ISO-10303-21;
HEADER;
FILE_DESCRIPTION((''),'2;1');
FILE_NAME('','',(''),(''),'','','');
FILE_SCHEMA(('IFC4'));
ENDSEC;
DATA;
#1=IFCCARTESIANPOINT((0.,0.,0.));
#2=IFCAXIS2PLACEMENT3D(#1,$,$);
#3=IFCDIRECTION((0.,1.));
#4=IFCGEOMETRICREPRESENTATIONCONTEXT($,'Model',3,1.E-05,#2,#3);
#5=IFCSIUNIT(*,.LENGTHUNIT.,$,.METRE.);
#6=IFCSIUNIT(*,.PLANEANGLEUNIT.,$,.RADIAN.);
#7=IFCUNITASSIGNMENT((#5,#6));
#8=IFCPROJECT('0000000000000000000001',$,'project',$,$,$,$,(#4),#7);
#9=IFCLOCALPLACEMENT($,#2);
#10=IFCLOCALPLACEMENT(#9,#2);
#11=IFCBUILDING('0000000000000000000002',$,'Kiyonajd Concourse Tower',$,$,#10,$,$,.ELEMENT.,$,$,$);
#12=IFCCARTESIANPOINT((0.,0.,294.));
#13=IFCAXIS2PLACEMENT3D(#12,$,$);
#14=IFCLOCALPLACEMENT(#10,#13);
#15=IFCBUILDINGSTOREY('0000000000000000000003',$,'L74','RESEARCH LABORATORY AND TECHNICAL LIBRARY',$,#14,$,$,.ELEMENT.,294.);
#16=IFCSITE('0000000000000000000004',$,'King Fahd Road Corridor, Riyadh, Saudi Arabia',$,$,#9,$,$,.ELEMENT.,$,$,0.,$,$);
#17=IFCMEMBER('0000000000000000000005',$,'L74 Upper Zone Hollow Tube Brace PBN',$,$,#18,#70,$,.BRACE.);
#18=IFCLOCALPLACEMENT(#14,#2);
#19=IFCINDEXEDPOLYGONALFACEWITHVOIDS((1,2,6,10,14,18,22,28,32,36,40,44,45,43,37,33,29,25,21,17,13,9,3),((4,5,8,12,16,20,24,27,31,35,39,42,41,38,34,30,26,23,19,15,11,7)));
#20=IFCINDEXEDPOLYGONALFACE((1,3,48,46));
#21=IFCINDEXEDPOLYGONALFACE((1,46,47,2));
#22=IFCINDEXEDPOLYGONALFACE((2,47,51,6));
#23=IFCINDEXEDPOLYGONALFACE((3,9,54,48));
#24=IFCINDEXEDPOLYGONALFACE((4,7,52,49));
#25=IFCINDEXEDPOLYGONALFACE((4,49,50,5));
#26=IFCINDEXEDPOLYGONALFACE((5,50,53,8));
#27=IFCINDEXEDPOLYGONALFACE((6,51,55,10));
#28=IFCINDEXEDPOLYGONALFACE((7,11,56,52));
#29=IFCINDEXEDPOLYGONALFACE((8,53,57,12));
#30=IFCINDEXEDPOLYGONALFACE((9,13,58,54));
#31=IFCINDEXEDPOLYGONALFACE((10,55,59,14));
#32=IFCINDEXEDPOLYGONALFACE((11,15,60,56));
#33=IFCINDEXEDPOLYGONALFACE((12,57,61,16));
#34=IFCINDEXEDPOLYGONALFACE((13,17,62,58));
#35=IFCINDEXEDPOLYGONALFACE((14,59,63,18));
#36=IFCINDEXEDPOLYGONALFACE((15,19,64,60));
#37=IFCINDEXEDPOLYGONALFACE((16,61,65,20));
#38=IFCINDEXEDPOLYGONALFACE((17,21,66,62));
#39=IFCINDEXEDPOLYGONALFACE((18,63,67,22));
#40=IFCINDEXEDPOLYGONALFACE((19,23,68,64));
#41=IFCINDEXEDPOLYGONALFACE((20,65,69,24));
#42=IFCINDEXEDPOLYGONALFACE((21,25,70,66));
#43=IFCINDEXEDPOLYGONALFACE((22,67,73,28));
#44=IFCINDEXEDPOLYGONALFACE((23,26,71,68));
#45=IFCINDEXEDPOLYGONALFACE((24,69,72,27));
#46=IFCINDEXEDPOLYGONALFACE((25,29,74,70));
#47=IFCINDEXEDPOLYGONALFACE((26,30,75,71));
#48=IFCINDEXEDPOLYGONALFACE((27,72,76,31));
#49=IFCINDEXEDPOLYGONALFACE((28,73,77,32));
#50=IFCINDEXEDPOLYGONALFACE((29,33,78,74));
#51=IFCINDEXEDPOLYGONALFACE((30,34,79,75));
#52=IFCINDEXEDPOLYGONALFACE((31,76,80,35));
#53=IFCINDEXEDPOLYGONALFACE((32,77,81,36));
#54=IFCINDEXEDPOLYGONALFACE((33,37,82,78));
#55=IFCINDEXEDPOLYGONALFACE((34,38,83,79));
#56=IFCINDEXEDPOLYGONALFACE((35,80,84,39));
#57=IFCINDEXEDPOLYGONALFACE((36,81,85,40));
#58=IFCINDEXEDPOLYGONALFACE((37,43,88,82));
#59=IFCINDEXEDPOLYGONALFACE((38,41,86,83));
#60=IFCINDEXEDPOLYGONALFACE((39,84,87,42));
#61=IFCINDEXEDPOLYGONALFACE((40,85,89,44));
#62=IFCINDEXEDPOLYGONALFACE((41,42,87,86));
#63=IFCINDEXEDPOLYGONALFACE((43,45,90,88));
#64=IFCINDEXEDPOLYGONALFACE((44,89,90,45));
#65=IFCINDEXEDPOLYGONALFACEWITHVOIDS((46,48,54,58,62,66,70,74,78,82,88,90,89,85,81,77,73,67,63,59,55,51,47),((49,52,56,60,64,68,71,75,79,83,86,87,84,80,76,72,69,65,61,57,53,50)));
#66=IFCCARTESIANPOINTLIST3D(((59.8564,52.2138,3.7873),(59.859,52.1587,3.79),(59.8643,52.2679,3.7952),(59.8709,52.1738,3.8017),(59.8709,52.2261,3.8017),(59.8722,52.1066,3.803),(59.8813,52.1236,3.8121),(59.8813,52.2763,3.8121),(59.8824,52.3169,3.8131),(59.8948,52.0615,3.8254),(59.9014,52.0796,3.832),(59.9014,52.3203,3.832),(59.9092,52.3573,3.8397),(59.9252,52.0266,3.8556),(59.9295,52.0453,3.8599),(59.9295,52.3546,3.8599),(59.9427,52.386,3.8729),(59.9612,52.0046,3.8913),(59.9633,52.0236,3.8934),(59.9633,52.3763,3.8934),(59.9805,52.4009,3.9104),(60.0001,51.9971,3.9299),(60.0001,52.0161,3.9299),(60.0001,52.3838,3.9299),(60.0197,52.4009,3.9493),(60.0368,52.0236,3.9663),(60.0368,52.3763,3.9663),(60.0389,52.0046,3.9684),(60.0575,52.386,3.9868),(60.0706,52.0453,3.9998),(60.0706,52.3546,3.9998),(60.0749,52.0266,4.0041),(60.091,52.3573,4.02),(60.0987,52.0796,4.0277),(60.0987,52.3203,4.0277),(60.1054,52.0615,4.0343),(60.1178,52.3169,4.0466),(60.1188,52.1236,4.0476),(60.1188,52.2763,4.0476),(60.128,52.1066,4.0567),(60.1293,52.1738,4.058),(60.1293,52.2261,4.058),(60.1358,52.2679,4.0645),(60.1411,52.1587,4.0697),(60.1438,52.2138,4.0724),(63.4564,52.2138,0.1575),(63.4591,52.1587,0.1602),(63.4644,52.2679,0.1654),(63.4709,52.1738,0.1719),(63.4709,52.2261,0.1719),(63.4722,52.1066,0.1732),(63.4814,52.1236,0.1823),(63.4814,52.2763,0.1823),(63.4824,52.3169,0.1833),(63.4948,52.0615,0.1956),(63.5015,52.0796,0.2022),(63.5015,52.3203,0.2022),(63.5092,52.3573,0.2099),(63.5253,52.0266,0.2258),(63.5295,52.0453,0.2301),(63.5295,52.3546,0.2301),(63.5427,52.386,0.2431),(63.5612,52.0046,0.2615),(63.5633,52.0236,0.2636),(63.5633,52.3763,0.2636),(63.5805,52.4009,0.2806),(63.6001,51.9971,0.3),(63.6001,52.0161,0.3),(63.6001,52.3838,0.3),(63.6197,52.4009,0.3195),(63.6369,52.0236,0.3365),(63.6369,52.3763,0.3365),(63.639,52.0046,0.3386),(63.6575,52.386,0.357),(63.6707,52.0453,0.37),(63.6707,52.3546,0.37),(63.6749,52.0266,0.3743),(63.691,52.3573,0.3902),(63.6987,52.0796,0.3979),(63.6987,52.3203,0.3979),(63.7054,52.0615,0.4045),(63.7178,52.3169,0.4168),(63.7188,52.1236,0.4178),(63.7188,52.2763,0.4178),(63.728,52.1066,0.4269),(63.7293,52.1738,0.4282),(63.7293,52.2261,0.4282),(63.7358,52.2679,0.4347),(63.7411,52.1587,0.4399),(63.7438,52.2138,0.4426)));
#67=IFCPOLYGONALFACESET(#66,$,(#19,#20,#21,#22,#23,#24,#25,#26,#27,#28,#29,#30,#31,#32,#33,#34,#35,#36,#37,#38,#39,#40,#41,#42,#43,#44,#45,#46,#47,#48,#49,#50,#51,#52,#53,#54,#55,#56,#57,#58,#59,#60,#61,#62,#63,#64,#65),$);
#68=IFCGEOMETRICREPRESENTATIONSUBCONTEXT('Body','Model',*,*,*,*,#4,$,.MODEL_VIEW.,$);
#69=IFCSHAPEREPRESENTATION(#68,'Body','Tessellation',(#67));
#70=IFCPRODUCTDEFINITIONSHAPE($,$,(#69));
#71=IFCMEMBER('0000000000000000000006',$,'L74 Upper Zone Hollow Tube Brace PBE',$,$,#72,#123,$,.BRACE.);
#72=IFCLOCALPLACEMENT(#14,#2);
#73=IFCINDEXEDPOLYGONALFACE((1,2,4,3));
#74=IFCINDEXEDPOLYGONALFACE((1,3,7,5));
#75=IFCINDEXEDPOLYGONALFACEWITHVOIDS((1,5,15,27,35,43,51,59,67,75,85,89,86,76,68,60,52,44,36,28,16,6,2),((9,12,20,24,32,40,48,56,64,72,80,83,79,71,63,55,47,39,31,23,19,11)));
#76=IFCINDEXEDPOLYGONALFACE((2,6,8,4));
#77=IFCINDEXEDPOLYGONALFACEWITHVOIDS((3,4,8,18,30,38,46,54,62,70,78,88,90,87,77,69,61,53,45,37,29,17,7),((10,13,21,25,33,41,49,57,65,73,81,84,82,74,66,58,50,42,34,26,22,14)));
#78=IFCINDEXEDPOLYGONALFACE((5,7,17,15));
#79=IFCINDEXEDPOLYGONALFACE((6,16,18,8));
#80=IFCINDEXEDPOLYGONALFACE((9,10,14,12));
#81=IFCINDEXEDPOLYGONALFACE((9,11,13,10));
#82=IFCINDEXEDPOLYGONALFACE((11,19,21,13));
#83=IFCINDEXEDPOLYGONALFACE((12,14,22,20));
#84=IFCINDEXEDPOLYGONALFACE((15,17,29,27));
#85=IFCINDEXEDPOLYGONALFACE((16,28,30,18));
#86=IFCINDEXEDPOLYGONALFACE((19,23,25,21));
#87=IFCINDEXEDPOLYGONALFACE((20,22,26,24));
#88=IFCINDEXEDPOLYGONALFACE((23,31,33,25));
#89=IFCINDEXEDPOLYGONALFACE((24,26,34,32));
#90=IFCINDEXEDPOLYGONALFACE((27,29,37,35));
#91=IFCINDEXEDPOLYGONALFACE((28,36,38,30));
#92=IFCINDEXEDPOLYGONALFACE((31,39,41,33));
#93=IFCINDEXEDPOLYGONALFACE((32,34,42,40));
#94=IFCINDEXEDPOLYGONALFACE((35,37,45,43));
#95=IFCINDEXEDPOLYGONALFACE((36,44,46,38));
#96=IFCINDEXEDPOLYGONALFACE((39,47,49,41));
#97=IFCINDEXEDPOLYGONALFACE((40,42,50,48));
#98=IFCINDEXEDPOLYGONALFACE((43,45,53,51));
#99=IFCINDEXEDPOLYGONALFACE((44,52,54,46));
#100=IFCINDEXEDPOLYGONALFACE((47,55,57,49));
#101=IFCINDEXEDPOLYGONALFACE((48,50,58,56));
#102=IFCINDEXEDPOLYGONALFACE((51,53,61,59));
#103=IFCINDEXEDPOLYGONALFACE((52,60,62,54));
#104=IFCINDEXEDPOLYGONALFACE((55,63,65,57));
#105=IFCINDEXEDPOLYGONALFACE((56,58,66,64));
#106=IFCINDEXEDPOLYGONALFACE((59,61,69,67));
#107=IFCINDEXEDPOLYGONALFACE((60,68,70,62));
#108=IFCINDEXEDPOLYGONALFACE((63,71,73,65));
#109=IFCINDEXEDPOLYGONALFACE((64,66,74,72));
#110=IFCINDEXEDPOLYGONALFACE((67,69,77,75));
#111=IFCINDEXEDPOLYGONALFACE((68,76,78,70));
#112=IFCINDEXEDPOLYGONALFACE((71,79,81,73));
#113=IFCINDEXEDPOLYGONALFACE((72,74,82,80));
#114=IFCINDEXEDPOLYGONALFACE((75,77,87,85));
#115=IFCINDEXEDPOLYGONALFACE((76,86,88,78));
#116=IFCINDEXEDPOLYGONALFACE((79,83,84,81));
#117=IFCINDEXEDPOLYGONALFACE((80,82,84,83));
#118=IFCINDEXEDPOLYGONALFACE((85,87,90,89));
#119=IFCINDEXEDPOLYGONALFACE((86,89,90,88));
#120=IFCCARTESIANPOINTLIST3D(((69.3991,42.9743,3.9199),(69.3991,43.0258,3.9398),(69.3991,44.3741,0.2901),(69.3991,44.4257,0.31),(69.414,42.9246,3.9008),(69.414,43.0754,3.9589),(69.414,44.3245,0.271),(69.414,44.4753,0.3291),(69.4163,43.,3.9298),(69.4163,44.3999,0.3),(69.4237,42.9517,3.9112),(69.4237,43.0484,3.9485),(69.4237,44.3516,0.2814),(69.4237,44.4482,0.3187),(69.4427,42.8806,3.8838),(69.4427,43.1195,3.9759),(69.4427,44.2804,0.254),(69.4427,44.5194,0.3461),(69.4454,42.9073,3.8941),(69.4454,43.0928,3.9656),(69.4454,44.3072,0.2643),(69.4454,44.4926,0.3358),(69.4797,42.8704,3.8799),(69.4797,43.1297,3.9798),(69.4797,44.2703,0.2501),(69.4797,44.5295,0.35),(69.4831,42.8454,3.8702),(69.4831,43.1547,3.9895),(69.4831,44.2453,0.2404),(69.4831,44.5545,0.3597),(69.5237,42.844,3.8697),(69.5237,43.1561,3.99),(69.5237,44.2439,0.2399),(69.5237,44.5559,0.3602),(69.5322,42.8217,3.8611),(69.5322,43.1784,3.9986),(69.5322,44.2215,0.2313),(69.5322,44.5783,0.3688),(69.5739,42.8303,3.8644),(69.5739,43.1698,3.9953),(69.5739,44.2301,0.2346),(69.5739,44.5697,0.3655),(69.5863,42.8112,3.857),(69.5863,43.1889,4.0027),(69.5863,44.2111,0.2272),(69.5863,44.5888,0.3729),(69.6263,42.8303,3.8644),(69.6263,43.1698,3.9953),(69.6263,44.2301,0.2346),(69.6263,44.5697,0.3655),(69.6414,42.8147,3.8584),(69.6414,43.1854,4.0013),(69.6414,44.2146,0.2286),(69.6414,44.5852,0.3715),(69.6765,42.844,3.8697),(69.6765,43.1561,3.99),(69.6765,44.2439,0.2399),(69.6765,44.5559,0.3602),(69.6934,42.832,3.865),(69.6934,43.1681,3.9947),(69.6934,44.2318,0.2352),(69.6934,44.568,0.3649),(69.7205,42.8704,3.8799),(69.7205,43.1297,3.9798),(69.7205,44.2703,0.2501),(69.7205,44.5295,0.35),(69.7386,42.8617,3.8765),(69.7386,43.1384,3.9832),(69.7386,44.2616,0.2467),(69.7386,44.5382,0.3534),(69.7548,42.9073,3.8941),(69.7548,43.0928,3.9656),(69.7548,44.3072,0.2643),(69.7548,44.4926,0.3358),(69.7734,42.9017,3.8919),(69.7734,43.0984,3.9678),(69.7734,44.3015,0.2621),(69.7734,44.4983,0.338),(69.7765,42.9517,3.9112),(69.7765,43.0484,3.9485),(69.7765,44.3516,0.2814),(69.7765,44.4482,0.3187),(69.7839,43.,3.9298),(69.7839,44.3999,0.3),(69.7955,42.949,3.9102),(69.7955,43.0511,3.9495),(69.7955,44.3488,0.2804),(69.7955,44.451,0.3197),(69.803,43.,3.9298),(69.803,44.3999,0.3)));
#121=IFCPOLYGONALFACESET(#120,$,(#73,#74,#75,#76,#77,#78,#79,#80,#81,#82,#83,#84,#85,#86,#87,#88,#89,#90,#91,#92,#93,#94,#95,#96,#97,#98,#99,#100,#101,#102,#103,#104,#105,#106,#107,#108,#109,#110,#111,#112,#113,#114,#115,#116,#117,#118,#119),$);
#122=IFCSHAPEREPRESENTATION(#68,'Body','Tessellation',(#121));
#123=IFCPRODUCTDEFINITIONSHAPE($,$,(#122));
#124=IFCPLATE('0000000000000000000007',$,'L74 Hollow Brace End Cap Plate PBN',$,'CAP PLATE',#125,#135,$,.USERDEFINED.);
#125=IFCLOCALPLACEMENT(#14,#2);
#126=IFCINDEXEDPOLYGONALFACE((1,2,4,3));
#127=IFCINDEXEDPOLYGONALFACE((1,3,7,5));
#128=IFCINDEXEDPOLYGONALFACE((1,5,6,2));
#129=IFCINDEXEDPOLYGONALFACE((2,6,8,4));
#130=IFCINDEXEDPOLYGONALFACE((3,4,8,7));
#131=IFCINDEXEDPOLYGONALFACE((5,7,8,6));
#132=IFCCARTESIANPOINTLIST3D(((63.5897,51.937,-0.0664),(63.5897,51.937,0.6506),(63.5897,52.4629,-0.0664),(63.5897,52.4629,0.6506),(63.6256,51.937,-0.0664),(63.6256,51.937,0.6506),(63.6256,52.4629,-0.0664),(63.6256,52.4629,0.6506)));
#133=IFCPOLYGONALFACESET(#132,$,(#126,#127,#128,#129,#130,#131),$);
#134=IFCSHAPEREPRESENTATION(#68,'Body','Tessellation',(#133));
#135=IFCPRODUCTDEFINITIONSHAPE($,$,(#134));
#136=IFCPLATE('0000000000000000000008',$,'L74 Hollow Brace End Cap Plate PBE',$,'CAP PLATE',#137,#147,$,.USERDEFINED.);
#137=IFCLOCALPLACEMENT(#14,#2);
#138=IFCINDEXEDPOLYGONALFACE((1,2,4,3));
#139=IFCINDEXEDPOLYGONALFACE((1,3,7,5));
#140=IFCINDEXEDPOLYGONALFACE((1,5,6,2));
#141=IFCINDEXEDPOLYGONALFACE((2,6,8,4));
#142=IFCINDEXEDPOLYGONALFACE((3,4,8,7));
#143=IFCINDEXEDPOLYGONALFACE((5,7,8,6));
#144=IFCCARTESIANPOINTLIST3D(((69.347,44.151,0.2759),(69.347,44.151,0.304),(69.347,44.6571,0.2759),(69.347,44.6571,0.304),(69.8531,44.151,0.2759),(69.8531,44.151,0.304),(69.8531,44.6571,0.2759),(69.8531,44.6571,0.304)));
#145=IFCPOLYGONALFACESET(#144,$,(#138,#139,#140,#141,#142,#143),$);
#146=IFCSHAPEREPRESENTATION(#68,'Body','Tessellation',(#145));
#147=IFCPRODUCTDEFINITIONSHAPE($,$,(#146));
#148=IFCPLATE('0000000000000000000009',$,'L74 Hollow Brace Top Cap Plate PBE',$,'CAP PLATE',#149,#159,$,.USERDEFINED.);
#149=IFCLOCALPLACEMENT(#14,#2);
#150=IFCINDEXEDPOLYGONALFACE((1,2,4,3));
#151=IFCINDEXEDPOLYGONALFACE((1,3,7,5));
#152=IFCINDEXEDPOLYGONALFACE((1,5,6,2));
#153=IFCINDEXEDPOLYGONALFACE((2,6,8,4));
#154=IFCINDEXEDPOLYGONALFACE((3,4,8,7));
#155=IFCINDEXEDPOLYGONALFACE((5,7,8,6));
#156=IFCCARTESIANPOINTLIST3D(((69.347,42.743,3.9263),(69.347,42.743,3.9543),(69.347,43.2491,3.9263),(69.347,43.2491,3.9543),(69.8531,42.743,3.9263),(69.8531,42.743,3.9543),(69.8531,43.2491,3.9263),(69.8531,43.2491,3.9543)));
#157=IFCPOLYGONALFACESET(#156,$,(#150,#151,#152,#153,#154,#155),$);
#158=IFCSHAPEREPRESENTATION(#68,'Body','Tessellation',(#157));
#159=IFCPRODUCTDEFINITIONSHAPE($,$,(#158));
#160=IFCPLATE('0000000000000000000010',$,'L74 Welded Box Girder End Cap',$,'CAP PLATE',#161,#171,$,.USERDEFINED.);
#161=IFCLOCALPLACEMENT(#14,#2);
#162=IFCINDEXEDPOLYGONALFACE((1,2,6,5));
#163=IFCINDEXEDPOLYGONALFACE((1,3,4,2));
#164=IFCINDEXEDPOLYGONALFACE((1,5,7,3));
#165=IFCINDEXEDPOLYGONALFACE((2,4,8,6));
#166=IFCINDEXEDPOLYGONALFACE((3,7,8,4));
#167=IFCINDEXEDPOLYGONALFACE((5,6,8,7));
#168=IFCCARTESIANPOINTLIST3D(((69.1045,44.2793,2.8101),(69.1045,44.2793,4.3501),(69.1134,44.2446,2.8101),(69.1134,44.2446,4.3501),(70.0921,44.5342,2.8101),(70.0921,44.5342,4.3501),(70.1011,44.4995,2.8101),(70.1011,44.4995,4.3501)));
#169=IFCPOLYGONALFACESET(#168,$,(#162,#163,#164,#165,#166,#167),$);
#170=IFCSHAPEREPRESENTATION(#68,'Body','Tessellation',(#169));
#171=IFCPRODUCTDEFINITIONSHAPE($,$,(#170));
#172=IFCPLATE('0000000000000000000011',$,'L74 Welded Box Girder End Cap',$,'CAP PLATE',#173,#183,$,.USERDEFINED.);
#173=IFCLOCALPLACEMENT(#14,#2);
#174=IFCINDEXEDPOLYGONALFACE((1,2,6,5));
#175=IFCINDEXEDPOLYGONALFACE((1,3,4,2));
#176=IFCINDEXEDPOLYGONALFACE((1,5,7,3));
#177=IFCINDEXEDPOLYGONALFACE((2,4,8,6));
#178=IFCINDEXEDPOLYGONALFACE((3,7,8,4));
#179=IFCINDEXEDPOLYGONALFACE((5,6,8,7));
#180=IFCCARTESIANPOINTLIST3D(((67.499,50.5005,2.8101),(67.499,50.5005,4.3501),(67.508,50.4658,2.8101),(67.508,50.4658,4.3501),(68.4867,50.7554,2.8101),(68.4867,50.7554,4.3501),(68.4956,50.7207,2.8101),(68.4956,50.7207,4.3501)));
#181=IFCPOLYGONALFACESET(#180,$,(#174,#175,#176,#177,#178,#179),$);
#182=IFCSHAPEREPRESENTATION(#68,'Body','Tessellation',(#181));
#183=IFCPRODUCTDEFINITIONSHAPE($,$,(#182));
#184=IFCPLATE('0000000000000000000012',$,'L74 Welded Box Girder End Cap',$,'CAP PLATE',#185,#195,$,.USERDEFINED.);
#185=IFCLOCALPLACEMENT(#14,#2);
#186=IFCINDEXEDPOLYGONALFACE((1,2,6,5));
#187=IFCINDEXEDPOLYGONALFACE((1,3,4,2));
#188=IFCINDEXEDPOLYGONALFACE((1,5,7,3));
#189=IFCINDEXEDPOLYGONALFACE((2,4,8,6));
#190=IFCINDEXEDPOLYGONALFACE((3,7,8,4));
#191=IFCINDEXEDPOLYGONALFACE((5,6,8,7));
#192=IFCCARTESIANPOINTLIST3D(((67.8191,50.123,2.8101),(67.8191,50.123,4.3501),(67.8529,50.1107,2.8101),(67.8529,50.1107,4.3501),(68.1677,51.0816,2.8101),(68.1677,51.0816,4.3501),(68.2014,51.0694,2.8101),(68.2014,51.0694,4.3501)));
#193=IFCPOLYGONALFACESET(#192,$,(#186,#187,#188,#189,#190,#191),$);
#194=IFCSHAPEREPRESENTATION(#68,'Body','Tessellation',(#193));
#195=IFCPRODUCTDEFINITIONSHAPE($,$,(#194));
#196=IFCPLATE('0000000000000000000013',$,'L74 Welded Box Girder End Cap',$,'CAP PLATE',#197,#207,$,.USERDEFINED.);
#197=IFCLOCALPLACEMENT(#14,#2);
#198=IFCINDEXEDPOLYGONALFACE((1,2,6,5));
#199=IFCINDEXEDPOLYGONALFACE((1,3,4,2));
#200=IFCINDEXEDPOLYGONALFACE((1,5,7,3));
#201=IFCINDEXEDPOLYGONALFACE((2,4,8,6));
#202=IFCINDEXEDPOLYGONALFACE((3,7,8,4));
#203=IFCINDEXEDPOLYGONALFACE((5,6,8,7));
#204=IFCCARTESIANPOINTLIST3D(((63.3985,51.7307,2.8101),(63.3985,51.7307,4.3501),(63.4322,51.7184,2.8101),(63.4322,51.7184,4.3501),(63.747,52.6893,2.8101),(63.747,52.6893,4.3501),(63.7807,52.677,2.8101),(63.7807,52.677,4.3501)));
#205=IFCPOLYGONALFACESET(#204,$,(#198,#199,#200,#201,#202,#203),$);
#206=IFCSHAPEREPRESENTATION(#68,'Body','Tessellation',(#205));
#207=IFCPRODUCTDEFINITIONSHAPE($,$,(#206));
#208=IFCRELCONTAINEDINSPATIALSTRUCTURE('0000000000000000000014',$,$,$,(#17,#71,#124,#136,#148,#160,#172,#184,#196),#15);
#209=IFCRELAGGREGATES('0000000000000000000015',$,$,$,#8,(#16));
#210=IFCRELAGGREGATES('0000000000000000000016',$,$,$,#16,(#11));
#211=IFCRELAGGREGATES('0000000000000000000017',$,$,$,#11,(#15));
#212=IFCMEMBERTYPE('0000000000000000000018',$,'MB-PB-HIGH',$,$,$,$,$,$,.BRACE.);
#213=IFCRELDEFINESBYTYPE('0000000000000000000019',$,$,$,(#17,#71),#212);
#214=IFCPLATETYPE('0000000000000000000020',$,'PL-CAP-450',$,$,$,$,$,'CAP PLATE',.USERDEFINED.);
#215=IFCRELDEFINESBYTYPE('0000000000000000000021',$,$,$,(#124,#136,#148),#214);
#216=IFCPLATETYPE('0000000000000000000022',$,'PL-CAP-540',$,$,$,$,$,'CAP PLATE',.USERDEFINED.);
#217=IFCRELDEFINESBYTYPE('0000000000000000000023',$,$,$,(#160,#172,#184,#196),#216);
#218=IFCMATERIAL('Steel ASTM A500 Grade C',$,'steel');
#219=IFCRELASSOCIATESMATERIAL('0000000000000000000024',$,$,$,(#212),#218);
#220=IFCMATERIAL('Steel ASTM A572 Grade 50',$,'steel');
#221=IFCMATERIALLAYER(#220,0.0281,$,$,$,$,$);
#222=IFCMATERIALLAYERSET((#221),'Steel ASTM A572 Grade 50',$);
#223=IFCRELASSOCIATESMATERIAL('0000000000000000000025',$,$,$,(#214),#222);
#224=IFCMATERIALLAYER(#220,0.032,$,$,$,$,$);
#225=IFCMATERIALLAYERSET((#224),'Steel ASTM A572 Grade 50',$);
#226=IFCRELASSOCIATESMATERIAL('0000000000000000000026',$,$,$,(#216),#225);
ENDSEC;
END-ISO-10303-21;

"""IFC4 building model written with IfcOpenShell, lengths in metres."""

from ifc_helpers import new_model, si_unit, direction, frame, origin, origin_2d, place, context, subcontext, project, spatial, rectangle, hollow_circle, extrude, material, layer, layer_set, material_profile, profile_set, type_object, element, save


model = new_model("IFC4")

# Units and contexts
model_context = context("Model", 3, precision=1e-05, world=origin(), true_north=direction((0.0, 1.0)))
body_context = subcontext(model_context, "Body", "Model", "MODEL_VIEW")
ifc_project = project(units=[si_unit("LENGTHUNIT", "METRE"), si_unit("PLANEANGLEUNIT", "RADIAN")], contexts=[model_context])

# Site, building, storey
site_placement = place(None, origin())
site = spatial("IfcSite", under=ifc_project, at=site_placement, Name="King Fahd Road Corridor, Riyadh, Saudi Arabia", CompositionType="ELEMENT", RefElevation=0.0)
building_placement = place(site_placement, origin())
building = spatial("IfcBuilding", under=site, at=building_placement, Name="Kiyonajd Concourse Tower", CompositionType="ELEMENT")
storey_placement = place(building_placement, frame((0.0, 0.0, 294.0)))
storey = spatial("IfcBuildingStorey", under=building, at=storey_placement, Name="L74", Description="RESEARCH LABORATORY AND TECHNICAL LIBRARY", CompositionType="ELEMENT", Elevation=294.0)

# Shared definitions
ifc_material_1 = material(Name="Steel ASTM A572 Grade 50", Category="steel")

# Members
ifc_material_2 = material(Name="Steel ASTM A500 Grade C", Category="steel")
ifc_material_profile_1 = material_profile(ifc_material_2, hollow_circle(Radius=0.2029, WallThickness=0.019, at=origin_2d()), Name="CHS-406x19")
ifc_profile_set_1 = profile_set([ifc_material_profile_1], Name="Steel ASTM A500 Grade C")
member_type = type_object("IfcMemberType", Name="MB-PB-HIGH", PredefinedType="BRACE", material=ifc_profile_set_1)
member_1_placement = place(storey_placement, frame((63.6001, 52.2, 0.3), z_axis=(-0.704188, 0.0, 0.710014), x_axis=(0.0, -1.0, 0.0)))
element("IfcMember", 1, at=member_1_placement, inside=storey, type_object=member_type, Name="L74 Upper Zone Hollow Tube Brace PBN", PredefinedType="BRACE", context=body_context, shape_type="SweptSolid", body=[
    extrude(hollow_circle(Radius=0.2029, WallThickness=0.019, at=origin_2d()), origin(), (0.0, 0.0, 1.0), 5.1123),
])
member_2_placement = place(storey_placement, frame((69.6001, 44.3999, 0.3), z_axis=(0.0, -0.359828, 0.933019), x_axis=(1.0, 0.0, 0.0)))
element("IfcMember", 2, at=member_2_placement, inside=storey, type_object=member_type, Name="L74 Upper Zone Hollow Tube Brace PBE", PredefinedType="BRACE", context=body_context, shape_type="SweptSolid", body=[
    extrude(hollow_circle(Radius=0.2029, WallThickness=0.019, at=origin_2d()), origin(), (0.0, 0.0, 1.0), 3.8904),
])

# Plates
ifc_layer_1 = layer(ifc_material_1, 0.0281)
ifc_layer_set_1 = layer_set([ifc_layer_1], Name="Steel ASTM A572 Grade 50")
plate_type_1 = type_object("IfcPlateType", Name="PL-CAP-450", ElementType="CAP PLATE", PredefinedType="USERDEFINED", material=ifc_layer_set_1)
plate_placement = place(storey_placement, frame((63.6077, 52.2, -0.0664), z_axis=(0.0, 0.0, 1.0), x_axis=(1.0, 0.0, 0.0)))
element("IfcPlate", 3, at=plate_placement, inside=storey, type_object=plate_type_1, Name="L74 Hollow Brace End Cap Plate PBN", ObjectType="CAP PLATE", PredefinedType="USERDEFINED", context=body_context, shape_type="SweptSolid", body=[
    extrude(rectangle(XDim=0.0359, YDim=0.5259, at=origin_2d()), origin(), (0.0, 0.0, 1.0), 0.717),
])
for number, where, z_axis, x_axis, name in (
    (4, (69.6001, 44.4041, 0.2759), (0.0, 0.0, 1.0), (1.0, 0.0, 0.0), "L74 Hollow Brace End Cap Plate PBE"),
    (5, (69.6001, 42.9961, 3.9263), (0.0, 0.0, 1.0), (1.0, 0.0, 0.0), "L74 Hollow Brace Top Cap Plate PBE"),
):
    element("IfcPlate", number, at=place(storey_placement, frame(where, z_axis=z_axis, x_axis=x_axis)), inside=storey, type_object=plate_type_1, Name=name, ObjectType="CAP PLATE", PredefinedType="USERDEFINED", context=body_context, shape_type="SweptSolid", body=[
        extrude(rectangle(XDim=0.5061, YDim=0.5061, at=origin_2d()), origin(), (0.0, 0.0, 1.0), 0.0281),
    ])
ifc_layer_2 = layer(ifc_material_1, 0.032)
ifc_layer_set_2 = layer_set([ifc_layer_2], Name="Steel ASTM A572 Grade 50")
plate_type_2 = type_object("IfcPlateType", Name="PL-CAP-540", ElementType="CAP PLATE", PredefinedType="USERDEFINED", material=ifc_layer_set_2)
for number, where, z_axis, x_axis, name in (
    (6, (69.6028, 44.3894, 2.8101), (0.0, 0.0, 1.0), (0.249873, -0.968279, 0.0), "L74 Welded Box Girder End Cap"),
    (7, (67.9973, 50.6106, 2.8101), (0.0, 0.0, 1.0), (-0.249873, 0.968279, 0.0), "L74 Welded Box Girder End Cap"),
    (8, (68.0103, 50.5962, 2.8101), (0.0, 0.0, 1.0), (0.939812, -0.341692, 0.0), "L74 Welded Box Girder End Cap"),
    (9, (63.5896, 52.2039, 2.8101), (0.0, 0.0, 1.0), (-0.939812, 0.341692, 0.0), "L74 Welded Box Girder End Cap"),
):
    element("IfcPlate", number, at=place(storey_placement, frame(where, z_axis=z_axis, x_axis=x_axis)), inside=storey, type_object=plate_type_2, Name=name, ObjectType="CAP PLATE", PredefinedType="USERDEFINED", context=body_context, shape_type="SweptSolid", body=[
        extrude(rectangle(XDim=0.0359, YDim=1.02, at=origin_2d()), origin(), (0.0, 0.0, 1.0), 1.54),
    ])

save(model, "model.ifc")
